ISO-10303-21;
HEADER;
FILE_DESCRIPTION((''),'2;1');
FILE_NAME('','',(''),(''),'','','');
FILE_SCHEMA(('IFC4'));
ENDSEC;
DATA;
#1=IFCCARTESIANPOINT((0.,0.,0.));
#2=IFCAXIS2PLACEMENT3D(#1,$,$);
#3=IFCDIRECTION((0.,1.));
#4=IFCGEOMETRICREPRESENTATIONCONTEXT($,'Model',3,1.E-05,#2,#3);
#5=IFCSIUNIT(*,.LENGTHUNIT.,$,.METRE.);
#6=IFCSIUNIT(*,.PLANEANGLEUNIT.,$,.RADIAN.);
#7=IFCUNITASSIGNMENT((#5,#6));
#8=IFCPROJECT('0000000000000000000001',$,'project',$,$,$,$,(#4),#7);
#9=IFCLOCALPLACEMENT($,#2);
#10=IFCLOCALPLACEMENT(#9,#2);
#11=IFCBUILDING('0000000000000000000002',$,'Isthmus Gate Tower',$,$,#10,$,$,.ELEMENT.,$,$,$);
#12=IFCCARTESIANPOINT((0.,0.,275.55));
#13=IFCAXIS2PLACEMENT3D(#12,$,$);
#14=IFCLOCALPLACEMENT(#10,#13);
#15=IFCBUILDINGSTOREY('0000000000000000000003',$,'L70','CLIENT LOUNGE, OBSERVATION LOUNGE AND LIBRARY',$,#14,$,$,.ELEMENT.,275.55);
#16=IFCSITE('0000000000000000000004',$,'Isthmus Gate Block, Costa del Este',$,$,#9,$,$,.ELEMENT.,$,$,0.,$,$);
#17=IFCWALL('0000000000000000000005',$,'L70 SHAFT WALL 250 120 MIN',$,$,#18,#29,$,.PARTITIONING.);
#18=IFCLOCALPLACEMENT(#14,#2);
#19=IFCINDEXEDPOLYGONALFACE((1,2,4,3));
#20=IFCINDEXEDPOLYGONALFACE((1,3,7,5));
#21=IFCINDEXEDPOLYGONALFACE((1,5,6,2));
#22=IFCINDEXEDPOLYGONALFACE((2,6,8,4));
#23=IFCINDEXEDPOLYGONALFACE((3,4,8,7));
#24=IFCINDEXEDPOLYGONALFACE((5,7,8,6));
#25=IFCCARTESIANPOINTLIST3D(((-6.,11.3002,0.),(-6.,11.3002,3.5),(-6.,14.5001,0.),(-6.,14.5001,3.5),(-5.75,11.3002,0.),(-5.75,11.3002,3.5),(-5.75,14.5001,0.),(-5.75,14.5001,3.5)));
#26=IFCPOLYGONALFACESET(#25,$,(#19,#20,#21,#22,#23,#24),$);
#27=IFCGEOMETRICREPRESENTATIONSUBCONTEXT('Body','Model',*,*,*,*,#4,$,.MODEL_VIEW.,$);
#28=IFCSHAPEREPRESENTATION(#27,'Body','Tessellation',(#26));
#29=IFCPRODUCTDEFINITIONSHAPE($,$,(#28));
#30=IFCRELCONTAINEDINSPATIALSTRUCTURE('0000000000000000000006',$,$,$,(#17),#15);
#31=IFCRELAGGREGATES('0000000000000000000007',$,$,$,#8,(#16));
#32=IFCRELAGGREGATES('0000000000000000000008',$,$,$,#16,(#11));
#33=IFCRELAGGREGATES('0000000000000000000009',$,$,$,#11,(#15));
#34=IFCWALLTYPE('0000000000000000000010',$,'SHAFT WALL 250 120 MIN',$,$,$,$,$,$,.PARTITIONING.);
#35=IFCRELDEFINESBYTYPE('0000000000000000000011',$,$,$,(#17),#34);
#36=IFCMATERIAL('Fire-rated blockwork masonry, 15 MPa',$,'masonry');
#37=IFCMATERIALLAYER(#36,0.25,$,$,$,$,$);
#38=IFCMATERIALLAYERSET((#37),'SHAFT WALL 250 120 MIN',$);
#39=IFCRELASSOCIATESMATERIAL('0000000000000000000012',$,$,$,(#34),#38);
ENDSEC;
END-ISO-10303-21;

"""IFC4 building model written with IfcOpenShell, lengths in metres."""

from ifc_helpers import new_model, si_unit, direction, frame, frame_2d, origin, place, context, subcontext, project, spatial, rectangle, extrude, material, layer, layer_set, type_object, element, save


model = new_model("IFC4")

# Units and contexts
model_context = context("Model", 3, precision=1e-05, world=origin(), true_north=direction((0.0, 1.0)))
body_context = subcontext(model_context, "Body", "Model", "MODEL_VIEW")
ifc_project = project(units=[si_unit("LENGTHUNIT", "METRE"), si_unit("PLANEANGLEUNIT", "RADIAN")], contexts=[model_context])

# Site, building, storey
site_placement = place(None, origin())
site = spatial("IfcSite", under=ifc_project, at=site_placement, Name="Isthmus Gate Block, Costa del Este", CompositionType="ELEMENT", RefElevation=0.0)
building_placement = place(site_placement, origin())
building = spatial("IfcBuilding", under=site, at=building_placement, Name="Isthmus Gate Tower", CompositionType="ELEMENT")
storey_placement = place(building_placement, frame((0.0, 0.0, 275.55)))
storey = spatial("IfcBuildingStorey", under=building, at=storey_placement, Name="L70", Description="CLIENT LOUNGE, OBSERVATION LOUNGE AND LIBRARY", CompositionType="ELEMENT", Elevation=275.55)

# Wall
ifc_material_1 = material(Name="Fire-rated blockwork masonry, 15 MPa", Category="masonry")
ifc_layer_1 = layer(ifc_material_1, 0.25)
ifc_layer_set_1 = layer_set([ifc_layer_1], Name="SHAFT WALL 250 120 MIN")
wall_type_1 = type_object("IfcWallType", Name="SHAFT WALL 250 120 MIN", PredefinedType="PARTITIONING", material=ifc_layer_set_1)
for number, where, z_axis, x_axis, name in (
    (1, (-5.875, 11.3, 0.0), (0.0, 0.0, 1.0), (0.0, 1.0, 0.0), "L70 SHAFT WALL 250 120 MIN"),
):
    element("IfcWall", number, at=place(storey_placement, frame(where, z_axis=z_axis, x_axis=x_axis)), inside=storey, type_object=wall_type_1, Name=name, PredefinedType="PARTITIONING", context=body_context, shape_type="SweptSolid", body=[
        extrude(rectangle(XDim=3.2, YDim=0.25, at=frame_2d((1.6001, 0.0))), origin(), (0.0, 0.0, 1.0), 3.5),
    ])

save(model, "model.ifc")
